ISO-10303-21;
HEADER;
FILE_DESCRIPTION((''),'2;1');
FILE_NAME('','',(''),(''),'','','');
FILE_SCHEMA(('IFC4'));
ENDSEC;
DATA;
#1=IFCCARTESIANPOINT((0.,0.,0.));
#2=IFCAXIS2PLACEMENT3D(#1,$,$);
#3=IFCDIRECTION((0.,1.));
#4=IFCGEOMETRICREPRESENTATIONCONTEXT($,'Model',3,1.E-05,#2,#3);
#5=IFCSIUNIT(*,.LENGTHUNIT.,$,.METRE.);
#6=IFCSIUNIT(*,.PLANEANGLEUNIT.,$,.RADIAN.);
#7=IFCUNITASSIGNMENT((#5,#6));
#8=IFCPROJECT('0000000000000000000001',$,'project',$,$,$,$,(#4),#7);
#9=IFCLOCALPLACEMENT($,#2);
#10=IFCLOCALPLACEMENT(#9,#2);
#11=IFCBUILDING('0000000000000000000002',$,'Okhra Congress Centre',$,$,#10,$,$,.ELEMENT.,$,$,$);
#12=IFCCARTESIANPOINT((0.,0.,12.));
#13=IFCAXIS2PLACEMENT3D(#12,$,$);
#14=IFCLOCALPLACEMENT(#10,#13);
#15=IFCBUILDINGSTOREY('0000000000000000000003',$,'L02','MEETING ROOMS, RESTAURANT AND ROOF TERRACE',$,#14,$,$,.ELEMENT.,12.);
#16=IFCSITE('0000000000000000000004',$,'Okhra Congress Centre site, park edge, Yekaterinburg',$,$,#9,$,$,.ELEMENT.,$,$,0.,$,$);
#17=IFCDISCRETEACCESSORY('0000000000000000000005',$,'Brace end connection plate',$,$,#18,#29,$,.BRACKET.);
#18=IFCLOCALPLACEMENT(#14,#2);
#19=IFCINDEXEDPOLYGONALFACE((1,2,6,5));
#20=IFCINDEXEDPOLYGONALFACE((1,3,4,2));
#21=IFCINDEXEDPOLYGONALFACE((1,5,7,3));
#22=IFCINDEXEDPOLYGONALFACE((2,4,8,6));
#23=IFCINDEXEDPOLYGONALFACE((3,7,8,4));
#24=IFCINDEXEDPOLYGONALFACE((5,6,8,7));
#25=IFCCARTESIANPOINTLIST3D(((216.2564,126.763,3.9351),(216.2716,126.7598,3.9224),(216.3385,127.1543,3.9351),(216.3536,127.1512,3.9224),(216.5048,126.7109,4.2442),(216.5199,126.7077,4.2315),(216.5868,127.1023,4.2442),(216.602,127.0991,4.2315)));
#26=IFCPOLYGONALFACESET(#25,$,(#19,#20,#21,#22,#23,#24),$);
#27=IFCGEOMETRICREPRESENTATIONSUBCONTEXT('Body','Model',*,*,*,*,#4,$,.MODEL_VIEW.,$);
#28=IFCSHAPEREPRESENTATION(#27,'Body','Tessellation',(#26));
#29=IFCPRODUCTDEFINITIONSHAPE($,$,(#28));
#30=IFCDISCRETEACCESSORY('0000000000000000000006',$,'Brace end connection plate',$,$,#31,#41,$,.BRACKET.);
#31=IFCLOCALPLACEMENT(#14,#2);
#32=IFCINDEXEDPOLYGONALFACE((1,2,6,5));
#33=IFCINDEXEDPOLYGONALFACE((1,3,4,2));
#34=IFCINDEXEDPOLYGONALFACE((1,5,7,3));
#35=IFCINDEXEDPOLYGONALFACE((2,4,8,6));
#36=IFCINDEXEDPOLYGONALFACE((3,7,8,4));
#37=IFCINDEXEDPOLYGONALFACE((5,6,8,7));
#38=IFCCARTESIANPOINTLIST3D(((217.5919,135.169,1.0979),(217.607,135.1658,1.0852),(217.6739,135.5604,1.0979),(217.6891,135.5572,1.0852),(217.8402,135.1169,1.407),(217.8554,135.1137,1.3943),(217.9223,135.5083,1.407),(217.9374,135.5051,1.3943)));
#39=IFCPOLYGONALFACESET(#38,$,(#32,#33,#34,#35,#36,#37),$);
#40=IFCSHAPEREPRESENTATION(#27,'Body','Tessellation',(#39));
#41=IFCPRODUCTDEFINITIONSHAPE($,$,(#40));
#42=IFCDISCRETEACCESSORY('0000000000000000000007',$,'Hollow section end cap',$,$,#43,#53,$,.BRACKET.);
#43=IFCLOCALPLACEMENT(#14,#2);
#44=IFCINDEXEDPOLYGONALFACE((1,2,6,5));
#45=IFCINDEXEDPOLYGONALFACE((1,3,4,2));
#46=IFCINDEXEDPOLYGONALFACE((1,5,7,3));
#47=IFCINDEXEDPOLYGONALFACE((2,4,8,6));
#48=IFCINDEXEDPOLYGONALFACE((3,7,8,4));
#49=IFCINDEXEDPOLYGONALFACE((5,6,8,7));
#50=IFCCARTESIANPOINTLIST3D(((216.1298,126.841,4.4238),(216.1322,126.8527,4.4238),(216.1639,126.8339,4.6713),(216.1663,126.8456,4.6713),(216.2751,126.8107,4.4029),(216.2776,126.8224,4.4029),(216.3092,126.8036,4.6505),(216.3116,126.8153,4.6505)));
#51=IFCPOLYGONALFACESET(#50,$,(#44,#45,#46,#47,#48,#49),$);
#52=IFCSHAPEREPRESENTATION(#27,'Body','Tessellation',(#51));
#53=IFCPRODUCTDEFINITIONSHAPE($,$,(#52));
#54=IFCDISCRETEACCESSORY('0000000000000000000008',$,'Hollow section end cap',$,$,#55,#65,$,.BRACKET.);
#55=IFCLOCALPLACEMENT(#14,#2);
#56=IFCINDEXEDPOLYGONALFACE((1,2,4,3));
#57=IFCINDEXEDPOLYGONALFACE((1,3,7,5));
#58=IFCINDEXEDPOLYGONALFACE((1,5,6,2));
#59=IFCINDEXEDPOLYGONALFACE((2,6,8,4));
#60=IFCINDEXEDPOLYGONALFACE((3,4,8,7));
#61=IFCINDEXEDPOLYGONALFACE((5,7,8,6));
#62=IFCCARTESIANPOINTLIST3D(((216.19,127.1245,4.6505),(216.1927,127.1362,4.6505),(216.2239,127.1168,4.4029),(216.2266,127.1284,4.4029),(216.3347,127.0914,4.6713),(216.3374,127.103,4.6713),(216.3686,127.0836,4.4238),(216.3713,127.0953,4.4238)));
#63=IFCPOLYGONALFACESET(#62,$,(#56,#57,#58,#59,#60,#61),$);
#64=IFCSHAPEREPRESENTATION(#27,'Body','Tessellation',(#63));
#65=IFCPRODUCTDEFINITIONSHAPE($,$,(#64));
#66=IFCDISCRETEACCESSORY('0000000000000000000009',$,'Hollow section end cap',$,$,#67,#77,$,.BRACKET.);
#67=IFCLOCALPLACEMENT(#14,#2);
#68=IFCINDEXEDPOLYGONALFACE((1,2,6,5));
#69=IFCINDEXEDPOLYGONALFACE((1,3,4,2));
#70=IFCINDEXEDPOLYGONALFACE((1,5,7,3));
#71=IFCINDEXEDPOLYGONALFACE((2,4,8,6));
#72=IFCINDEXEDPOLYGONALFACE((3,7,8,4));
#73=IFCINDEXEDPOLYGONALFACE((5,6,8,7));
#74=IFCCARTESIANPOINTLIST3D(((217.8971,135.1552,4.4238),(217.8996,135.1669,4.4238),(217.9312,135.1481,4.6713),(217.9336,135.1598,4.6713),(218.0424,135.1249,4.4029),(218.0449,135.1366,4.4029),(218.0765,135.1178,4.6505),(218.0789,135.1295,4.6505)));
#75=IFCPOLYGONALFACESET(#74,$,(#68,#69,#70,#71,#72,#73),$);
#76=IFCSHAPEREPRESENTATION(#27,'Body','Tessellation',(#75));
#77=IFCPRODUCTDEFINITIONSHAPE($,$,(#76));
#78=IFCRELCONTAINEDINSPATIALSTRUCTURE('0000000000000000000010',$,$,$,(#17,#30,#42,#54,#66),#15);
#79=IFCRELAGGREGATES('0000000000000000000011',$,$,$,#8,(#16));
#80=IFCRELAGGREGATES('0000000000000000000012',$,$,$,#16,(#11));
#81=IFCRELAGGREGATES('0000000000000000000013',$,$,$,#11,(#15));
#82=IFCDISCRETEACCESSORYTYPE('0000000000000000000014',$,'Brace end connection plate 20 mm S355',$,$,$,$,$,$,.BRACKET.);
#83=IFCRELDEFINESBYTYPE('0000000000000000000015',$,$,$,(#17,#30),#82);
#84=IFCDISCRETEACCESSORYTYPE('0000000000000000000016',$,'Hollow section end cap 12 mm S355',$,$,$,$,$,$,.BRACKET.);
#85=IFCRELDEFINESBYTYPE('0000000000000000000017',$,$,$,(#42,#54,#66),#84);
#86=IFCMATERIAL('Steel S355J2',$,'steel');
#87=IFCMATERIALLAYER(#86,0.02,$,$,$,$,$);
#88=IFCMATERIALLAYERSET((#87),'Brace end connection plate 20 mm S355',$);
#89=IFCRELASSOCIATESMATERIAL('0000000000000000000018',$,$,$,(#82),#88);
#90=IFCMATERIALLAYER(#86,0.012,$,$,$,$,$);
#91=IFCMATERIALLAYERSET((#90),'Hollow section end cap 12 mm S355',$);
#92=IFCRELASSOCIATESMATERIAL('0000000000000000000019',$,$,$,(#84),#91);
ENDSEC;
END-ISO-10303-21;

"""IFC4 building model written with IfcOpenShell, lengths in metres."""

from ifc_helpers import new_model, si_unit, direction, frame, origin, origin_2d, place, context, subcontext, project, spatial, rectangle, extrude, material, layer, layer_set, type_object, element, save


model = new_model("IFC4")

# Units and contexts
model_context = context("Model", 3, precision=1e-05, world=origin(), true_north=direction((0.0, 1.0)))
body_context = subcontext(model_context, "Body", "Model", "MODEL_VIEW")
ifc_project = project(units=[si_unit("LENGTHUNIT", "METRE"), si_unit("PLANEANGLEUNIT", "RADIAN")], contexts=[model_context])

# Site, building, storey
site_placement = place(None, origin())
site = spatial("IfcSite", under=ifc_project, at=site_placement, Name="Okhra Congress Centre site, park edge, Yekaterinburg", CompositionType="ELEMENT", RefElevation=0.0)
building_placement = place(site_placement, origin())
building = spatial("IfcBuilding", under=site, at=building_placement, Name="Okhra Congress Centre", CompositionType="ELEMENT")
storey_placement = place(building_placement, frame((0.0, 0.0, 12.0)))
storey = spatial("IfcBuildingStorey", under=building, at=storey_placement, Name="L02", Description="MEETING ROOMS, RESTAURANT AND ROOF TERRACE", CompositionType="ELEMENT", Elevation=12.0)

# Shared definitions
ifc_material_1 = material(Name="Steel S355J2", Category="steel")

# Discrete accessories
ifc_layer_1 = layer(ifc_material_1, 0.02)
ifc_layer_set_1 = layer_set([ifc_layer_1], Name="Brace end connection plate 20 mm S355")
discrete_accessory_type_1 = type_object("IfcDiscreteAccessoryType", Name="Brace end connection plate 20 mm S355", PredefinedType="BRACKET", material=ifc_layer_set_1)
for number, where, z_axis, x_axis, name in (
    (1, (216.4368, 126.9294, 4.0769), (-0.756491, 0.158619, 0.634477), (-0.205215, -0.978717, 0.0), "Brace end connection plate"),
    (2, (217.7571, 135.3386, 1.2524), (0.756491, -0.158619, -0.634477), (0.205215, 0.978717, 0.0), "Brace end connection plate"),
):
    element("IfcDiscreteAccessory", number, at=place(storey_placement, frame(where, z_axis=z_axis, x_axis=x_axis)), inside=storey, type_object=discrete_accessory_type_1, Name=name, PredefinedType="BRACKET", context=body_context, shape_type="SweptSolid", body=[
        extrude(rectangle(XDim=0.3999, YDim=0.3999, at=origin_2d()), origin(), (0.0, 0.0, 1.0), 0.02),
    ])
ifc_layer_2 = layer(ifc_material_1, 0.012)
ifc_layer_set_2 = layer_set([ifc_layer_2], Name="Hollow section end cap 12 mm S355")
discrete_accessory_type_2 = type_object("IfcDiscreteAccessoryType", Name="Hollow section end cap 12 mm S355", PredefinedType="BRACKET", material=ifc_layer_set_2)
for number, where, z_axis, x_axis, name in (
    (3, (216.2195, 126.8223, 4.5371), (0.203954, 0.97898, 0.0), (-0.969453, 0.201969, 0.139173), "Hollow section end cap"),
    (4, (216.282, 127.1157, 4.5371), (-0.223376, -0.974732, 0.0), (0.965246, -0.221202, 0.139173), "Hollow section end cap"),
    (5, (217.9868, 135.1365, 4.5371), (0.203954, 0.97898, 0.0), (-0.969453, 0.201969, 0.139173), "Hollow section end cap"),
):
    element("IfcDiscreteAccessory", number, at=place(storey_placement, frame(where, z_axis=z_axis, x_axis=x_axis)), inside=storey, type_object=discrete_accessory_type_2, Name=name, PredefinedType="BRACKET", context=body_context, shape_type="SweptSolid", body=[
        extrude(rectangle(XDim=0.1499, YDim=0.25, at=origin_2d()), origin(), (0.0, 0.0, 1.0), 0.012),
    ])

save(model, "model.ifc")
